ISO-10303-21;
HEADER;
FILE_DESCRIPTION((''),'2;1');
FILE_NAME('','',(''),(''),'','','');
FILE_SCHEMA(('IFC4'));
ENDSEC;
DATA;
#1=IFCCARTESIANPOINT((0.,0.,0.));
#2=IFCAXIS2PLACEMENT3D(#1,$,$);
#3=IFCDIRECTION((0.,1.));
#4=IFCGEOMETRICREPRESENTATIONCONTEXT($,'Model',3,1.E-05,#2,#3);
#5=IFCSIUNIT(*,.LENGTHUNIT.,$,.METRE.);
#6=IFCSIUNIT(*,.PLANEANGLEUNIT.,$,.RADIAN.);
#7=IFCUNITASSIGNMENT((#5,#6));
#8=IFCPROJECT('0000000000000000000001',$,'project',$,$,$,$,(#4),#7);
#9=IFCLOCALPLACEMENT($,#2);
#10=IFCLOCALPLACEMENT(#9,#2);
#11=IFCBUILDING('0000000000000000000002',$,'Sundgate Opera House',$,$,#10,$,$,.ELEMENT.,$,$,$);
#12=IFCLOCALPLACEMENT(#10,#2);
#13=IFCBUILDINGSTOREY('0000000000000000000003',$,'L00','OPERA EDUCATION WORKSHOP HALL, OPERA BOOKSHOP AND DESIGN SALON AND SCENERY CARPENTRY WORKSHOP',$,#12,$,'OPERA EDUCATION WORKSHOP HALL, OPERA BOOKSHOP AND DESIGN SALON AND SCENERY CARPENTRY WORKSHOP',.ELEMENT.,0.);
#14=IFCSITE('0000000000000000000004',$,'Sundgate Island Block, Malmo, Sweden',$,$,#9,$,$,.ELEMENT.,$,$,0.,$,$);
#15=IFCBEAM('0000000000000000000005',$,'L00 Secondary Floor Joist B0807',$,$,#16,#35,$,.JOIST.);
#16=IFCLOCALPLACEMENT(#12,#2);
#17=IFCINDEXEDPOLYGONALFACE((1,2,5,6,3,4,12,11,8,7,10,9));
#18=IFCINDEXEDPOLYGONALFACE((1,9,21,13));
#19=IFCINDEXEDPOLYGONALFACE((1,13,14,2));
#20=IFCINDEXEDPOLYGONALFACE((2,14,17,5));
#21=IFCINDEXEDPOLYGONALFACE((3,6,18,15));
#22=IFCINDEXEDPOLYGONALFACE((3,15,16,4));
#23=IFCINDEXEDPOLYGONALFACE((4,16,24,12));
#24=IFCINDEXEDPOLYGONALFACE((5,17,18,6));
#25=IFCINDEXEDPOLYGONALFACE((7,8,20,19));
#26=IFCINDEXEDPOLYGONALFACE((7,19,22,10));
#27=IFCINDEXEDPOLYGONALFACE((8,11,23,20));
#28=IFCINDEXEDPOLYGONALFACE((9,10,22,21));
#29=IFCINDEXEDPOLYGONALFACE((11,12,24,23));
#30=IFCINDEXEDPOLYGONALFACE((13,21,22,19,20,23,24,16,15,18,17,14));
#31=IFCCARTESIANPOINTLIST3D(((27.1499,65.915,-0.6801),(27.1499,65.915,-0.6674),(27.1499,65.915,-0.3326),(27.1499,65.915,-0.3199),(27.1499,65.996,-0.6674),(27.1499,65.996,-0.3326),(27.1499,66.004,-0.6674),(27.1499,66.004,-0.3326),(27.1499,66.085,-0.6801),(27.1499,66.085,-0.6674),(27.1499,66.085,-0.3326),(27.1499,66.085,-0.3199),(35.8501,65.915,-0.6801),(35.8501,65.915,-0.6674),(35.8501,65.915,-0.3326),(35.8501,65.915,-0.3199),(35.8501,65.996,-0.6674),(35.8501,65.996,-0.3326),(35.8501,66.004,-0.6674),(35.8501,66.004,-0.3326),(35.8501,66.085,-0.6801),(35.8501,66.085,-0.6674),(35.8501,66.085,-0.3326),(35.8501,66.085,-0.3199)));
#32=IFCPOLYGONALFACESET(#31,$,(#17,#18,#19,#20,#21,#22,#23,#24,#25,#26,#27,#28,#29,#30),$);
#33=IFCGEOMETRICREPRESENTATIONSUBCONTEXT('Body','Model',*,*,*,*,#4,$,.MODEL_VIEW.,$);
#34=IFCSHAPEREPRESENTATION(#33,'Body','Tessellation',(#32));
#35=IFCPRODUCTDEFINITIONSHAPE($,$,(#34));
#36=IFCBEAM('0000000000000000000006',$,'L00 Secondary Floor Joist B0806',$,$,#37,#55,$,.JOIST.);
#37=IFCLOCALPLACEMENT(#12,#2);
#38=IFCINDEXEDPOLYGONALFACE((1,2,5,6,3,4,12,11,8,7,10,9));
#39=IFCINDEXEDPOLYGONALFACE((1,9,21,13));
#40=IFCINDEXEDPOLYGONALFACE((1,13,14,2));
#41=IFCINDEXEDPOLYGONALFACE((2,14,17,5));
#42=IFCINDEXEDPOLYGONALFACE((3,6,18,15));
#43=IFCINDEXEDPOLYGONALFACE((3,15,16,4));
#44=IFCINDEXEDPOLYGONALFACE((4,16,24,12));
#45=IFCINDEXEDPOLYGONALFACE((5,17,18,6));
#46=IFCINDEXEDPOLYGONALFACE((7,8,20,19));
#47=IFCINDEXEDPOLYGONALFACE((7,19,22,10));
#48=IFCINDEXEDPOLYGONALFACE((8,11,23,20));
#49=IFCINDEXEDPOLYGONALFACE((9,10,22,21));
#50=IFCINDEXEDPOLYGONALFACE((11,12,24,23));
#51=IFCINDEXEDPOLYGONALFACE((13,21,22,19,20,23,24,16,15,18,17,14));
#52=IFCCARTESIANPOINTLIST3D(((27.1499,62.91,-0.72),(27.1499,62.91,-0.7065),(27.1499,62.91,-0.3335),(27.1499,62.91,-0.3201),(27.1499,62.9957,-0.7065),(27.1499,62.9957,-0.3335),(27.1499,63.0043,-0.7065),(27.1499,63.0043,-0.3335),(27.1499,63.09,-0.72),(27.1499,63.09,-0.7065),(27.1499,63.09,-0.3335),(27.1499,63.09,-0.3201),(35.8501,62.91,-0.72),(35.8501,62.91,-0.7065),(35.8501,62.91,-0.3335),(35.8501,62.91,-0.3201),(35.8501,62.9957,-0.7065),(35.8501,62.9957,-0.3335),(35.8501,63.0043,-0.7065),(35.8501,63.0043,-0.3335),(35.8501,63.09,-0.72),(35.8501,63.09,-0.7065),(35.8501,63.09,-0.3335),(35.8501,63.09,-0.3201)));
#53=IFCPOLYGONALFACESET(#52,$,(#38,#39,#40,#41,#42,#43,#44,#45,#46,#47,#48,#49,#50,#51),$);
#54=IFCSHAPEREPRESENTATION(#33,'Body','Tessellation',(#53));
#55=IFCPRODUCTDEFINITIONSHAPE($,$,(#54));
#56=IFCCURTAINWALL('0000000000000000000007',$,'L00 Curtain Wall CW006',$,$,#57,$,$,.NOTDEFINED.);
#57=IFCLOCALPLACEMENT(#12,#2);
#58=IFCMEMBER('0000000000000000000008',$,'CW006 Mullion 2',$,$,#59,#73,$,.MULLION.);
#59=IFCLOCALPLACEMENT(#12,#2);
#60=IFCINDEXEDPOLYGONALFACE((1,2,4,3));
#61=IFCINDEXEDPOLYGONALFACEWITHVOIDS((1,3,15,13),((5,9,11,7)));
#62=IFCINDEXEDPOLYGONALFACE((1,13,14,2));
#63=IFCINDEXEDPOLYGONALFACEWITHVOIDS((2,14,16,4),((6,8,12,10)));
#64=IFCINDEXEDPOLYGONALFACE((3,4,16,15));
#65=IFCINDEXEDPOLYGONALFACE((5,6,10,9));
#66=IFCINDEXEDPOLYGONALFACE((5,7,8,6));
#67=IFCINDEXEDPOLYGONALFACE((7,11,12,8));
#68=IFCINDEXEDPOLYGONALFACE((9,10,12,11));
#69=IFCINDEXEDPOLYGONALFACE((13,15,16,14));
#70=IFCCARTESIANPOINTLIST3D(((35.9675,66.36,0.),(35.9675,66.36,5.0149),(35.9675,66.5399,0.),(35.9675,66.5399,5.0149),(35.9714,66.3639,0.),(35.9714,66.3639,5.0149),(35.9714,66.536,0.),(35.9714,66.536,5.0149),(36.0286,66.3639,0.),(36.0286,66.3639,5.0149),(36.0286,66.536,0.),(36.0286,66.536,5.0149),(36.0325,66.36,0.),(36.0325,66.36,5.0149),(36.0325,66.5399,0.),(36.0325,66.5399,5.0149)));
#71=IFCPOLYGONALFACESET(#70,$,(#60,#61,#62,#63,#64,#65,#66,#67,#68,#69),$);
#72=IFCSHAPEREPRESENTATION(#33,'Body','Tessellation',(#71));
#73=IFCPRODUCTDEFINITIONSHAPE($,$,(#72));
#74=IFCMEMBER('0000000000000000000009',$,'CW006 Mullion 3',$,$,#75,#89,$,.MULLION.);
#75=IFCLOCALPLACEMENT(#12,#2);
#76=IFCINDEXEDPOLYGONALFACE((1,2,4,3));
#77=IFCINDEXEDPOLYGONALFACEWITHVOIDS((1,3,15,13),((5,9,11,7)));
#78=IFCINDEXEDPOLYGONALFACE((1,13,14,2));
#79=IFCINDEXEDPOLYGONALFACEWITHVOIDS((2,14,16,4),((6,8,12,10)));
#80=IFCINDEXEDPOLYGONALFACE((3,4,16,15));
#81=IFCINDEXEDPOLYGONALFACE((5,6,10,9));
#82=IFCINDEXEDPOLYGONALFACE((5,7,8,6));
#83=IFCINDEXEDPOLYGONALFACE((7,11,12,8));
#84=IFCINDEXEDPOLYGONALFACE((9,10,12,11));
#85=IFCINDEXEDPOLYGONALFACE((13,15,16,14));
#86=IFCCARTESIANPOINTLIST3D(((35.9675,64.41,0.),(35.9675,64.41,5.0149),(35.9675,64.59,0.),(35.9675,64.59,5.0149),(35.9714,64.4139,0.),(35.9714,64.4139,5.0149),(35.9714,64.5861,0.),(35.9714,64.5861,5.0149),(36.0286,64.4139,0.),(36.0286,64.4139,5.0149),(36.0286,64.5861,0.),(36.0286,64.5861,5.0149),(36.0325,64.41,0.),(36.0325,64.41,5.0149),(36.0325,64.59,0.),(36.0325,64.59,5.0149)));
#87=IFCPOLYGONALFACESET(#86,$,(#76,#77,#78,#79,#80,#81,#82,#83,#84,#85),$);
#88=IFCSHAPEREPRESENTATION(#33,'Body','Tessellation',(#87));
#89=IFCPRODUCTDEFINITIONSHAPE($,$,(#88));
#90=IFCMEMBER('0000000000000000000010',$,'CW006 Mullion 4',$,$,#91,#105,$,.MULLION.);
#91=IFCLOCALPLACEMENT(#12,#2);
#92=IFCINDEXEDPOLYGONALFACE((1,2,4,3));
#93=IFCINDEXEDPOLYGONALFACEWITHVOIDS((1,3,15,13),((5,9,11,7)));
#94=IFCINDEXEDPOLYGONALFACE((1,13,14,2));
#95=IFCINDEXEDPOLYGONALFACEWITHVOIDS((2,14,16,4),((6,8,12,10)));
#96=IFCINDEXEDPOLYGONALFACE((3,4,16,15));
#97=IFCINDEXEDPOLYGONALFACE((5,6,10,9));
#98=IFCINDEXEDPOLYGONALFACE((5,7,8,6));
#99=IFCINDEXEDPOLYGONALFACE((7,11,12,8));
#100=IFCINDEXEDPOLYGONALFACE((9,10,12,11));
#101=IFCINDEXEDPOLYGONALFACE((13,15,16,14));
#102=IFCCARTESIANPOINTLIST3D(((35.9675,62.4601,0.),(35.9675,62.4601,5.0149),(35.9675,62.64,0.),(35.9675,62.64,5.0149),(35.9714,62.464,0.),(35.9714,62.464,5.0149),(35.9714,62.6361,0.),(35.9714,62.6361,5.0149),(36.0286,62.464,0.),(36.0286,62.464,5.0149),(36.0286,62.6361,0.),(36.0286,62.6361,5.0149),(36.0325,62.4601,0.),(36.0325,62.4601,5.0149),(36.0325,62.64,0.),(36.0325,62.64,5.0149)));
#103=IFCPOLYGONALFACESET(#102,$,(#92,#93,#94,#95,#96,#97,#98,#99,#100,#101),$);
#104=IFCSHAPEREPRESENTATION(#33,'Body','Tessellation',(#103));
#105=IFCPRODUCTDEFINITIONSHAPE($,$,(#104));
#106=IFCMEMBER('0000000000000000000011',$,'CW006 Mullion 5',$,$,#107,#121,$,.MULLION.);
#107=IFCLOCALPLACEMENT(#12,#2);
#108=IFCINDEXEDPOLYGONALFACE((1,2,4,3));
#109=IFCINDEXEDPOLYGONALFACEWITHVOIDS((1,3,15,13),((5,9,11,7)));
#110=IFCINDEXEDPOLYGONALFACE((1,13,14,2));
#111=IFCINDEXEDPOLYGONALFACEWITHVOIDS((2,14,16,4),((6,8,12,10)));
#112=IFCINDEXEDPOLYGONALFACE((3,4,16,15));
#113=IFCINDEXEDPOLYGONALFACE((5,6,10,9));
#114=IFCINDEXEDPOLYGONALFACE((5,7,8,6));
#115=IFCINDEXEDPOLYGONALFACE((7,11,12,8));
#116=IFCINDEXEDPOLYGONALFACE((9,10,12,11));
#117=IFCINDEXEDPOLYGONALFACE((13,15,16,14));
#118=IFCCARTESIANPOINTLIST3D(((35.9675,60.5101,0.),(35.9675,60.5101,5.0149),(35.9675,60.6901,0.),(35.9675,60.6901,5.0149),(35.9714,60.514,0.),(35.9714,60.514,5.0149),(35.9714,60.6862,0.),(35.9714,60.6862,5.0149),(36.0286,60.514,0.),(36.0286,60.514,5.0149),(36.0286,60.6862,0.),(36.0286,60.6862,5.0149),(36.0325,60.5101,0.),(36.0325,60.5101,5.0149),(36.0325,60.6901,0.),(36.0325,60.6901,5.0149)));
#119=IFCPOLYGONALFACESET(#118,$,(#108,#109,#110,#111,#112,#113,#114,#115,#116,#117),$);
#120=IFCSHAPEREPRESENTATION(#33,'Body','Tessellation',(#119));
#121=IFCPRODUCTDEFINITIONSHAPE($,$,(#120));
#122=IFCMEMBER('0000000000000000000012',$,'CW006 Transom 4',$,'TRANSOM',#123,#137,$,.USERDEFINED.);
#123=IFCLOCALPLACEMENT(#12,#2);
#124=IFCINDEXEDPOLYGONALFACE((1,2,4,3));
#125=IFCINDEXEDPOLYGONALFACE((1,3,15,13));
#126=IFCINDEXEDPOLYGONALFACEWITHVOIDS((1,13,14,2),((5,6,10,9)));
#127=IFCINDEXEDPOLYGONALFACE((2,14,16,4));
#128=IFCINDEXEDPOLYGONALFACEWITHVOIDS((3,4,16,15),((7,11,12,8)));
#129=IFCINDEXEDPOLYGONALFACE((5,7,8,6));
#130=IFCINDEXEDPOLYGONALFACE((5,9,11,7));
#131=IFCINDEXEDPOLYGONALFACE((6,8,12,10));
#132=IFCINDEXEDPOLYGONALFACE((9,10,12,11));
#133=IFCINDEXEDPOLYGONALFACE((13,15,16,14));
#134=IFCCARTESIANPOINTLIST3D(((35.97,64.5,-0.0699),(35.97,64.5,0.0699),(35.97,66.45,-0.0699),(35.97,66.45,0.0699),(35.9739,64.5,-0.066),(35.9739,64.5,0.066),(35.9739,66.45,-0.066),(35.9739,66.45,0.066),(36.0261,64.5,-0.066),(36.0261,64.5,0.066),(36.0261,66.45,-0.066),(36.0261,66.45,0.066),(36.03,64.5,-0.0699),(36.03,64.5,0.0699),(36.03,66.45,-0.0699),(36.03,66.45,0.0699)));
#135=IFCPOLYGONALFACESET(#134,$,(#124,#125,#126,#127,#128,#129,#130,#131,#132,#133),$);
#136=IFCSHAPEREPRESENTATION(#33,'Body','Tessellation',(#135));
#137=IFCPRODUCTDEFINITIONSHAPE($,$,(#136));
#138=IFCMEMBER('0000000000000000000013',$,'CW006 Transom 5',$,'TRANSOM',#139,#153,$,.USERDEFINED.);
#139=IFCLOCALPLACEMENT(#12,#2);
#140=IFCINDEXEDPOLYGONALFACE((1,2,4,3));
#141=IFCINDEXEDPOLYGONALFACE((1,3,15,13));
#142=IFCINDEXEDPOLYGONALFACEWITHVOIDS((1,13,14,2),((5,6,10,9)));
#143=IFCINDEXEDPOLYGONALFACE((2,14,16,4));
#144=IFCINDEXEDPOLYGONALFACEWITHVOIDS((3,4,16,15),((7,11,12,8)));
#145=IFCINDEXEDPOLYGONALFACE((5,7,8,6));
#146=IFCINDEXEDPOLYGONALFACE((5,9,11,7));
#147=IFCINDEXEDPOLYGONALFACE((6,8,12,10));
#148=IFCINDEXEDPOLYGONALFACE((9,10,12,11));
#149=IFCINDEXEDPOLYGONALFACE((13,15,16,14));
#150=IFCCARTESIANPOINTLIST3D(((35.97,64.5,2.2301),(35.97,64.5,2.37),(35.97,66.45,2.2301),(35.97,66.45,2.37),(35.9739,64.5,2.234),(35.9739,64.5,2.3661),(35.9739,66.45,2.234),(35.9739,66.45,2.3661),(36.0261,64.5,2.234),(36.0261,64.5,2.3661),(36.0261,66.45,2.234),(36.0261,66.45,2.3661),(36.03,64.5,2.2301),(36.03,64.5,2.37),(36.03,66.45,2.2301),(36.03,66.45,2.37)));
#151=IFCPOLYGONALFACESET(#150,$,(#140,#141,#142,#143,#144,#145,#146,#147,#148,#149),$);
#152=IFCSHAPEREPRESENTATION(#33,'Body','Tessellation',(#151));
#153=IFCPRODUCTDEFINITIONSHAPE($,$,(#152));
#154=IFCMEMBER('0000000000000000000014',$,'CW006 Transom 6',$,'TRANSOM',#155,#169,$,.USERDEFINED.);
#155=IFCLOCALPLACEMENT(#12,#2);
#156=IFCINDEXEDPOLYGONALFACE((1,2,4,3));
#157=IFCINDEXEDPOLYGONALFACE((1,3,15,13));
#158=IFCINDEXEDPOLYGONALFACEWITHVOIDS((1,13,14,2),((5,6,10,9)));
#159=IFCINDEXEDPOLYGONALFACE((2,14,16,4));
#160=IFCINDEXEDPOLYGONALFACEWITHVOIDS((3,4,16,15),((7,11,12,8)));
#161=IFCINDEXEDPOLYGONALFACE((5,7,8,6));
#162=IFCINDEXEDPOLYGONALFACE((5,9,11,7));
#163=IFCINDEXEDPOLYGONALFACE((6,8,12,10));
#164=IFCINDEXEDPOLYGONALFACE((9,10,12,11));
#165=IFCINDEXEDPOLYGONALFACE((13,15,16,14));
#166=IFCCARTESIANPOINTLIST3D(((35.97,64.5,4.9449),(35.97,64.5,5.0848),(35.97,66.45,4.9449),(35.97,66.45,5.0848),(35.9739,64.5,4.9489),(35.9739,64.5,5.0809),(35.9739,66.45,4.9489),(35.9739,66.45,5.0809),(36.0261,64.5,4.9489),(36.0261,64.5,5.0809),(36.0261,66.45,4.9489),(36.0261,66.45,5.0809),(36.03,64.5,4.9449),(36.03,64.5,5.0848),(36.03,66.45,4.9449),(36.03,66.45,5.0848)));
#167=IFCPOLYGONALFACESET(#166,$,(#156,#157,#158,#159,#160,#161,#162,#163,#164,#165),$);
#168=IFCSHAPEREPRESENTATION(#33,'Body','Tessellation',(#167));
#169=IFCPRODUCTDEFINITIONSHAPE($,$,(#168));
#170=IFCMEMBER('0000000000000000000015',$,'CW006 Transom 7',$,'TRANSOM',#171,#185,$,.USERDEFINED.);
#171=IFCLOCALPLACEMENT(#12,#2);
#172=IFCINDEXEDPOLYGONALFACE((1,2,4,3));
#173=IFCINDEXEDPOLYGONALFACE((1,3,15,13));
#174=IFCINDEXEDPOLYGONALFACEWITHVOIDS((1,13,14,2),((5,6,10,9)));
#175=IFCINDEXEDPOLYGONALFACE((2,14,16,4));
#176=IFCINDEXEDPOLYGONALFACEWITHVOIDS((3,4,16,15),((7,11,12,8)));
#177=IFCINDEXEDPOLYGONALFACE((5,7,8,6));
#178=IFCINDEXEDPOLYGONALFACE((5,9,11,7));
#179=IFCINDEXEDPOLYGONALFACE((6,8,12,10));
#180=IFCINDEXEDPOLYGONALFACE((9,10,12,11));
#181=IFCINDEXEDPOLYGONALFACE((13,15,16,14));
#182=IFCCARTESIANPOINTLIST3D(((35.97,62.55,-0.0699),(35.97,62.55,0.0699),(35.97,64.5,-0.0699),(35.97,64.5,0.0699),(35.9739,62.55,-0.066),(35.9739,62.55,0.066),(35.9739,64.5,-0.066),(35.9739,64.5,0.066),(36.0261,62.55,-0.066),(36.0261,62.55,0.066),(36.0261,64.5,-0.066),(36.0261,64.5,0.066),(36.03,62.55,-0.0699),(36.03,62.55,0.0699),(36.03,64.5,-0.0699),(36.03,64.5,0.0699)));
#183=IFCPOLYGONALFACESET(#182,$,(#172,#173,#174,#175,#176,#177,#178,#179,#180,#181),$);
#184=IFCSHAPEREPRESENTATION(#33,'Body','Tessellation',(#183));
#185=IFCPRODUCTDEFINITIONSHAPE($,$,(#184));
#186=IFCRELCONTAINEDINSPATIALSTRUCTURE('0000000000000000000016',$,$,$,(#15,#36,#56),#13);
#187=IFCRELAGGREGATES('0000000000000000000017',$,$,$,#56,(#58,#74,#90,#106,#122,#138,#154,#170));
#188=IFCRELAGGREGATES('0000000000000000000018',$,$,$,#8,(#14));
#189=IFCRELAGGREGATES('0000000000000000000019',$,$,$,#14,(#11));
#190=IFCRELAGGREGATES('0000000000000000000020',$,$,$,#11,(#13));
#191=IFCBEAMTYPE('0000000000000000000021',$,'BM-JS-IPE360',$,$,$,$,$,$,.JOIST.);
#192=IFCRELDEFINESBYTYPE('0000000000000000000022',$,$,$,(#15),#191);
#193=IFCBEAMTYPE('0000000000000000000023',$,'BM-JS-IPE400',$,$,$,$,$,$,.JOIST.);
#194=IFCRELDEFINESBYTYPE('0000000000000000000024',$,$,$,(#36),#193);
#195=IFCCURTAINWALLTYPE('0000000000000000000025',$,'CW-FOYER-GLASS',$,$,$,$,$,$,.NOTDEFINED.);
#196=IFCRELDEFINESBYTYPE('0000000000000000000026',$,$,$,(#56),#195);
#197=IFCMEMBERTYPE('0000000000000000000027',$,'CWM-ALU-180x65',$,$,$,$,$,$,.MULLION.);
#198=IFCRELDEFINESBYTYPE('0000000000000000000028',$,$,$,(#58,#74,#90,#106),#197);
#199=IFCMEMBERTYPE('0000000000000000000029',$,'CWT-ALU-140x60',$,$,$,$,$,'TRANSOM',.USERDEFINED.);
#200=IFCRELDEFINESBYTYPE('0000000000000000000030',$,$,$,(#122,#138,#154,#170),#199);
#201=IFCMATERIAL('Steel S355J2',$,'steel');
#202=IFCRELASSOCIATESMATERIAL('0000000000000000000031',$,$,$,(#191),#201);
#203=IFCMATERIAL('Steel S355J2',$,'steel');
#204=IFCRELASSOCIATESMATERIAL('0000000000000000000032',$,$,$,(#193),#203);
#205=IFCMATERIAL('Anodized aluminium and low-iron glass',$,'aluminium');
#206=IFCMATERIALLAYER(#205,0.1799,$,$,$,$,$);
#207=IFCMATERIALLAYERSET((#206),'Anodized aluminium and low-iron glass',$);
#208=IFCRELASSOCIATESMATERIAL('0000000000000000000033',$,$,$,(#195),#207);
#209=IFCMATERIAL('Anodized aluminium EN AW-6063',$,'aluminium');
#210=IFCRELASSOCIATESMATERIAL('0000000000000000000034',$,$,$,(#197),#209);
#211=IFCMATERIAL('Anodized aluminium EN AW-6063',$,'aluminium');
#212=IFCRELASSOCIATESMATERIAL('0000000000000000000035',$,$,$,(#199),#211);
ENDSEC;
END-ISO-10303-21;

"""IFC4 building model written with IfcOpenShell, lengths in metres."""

from ifc_helpers import new_model, si_unit, direction, frame, origin, origin_2d, place, context, subcontext, project, spatial, hollow_rectangle, i_section, extrude, material, layer, layer_set, material_profile, profile_set, type_object, element, aggregate, save


model = new_model("IFC4")

# Units and contexts
model_context = context("Model", 3, precision=1e-05, world=origin(), true_north=direction((0.0, 1.0)))
body_context = subcontext(model_context, "Body", "Model", "MODEL_VIEW")
ifc_project = project(units=[si_unit("LENGTHUNIT", "METRE"), si_unit("PLANEANGLEUNIT", "RADIAN")], contexts=[model_context])

# Site, building, storey
site_placement = place(None, origin())
site = spatial("IfcSite", under=ifc_project, at=site_placement, Name="Sundgate Island Block, Malmo, Sweden", CompositionType="ELEMENT", RefElevation=0.0)
building_placement = place(site_placement, origin())
building = spatial("IfcBuilding", under=site, at=building_placement, Name="Sundgate Opera House", CompositionType="ELEMENT")
storey_placement = place(building_placement, origin())
storey = spatial("IfcBuildingStorey", under=building, at=storey_placement, Name="L00", Description="OPERA EDUCATION WORKSHOP HALL, OPERA BOOKSHOP AND DESIGN SALON AND SCENERY CARPENTRY WORKSHOP", LongName="OPERA EDUCATION WORKSHOP HALL, OPERA BOOKSHOP AND DESIGN SALON AND SCENERY CARPENTRY WORKSHOP", CompositionType="ELEMENT", Elevation=0.0)

# Beams
ifc_material_1 = material(Name="Steel S355J2", Category="steel")
ifc_material_profile_1 = material_profile(ifc_material_1, i_section(OverallWidth=0.1699, OverallDepth=0.3601, WebThickness=0.0081, FlangeThickness=0.0127, at=origin_2d()), Name="IPE 360")
ifc_profile_set_1 = profile_set([ifc_material_profile_1], Name="Steel S355J2")
beam_type_1 = type_object("IfcBeamType", Name="BM-JS-IPE360", PredefinedType="JOIST", material=ifc_profile_set_1)
beam_1_placement = place(storey_placement, frame((27.1499, 66.0, -0.5), z_axis=(1.0, 0.0, 0.0), x_axis=(0.0, 1.0, 0.0)))
element("IfcBeam", 1, at=beam_1_placement, inside=storey, type_object=beam_type_1, Name="L00 Secondary Floor Joist B0807", PredefinedType="JOIST", context=body_context, shape_type="SweptSolid", body=[
    extrude(i_section(OverallWidth=0.1699, OverallDepth=0.3601, WebThickness=0.0081, FlangeThickness=0.0127, at=origin_2d()), origin(), (0.0, 0.0, 1.0), 8.7002),
])
ifc_material_2 = material(Name="Steel S355J2", Category="steel")
ifc_material_profile_2 = material_profile(ifc_material_2, i_section(OverallWidth=0.1799, OverallDepth=0.3999, WebThickness=0.0085, FlangeThickness=0.0134, at=origin_2d()), Name="IPE 400")
ifc_profile_set_2 = profile_set([ifc_material_profile_2], Name="Steel S355J2")
beam_type_2 = type_object("IfcBeamType", Name="BM-JS-IPE400", PredefinedType="JOIST", material=ifc_profile_set_2)
beam_2_placement = place(storey_placement, frame((27.1499, 63.0, -0.52), z_axis=(1.0, 0.0, 0.0), x_axis=(0.0, 1.0, 0.0)))
element("IfcBeam", 2, at=beam_2_placement, inside=storey, type_object=beam_type_2, Name="L00 Secondary Floor Joist B0806", PredefinedType="JOIST", context=body_context, shape_type="SweptSolid", body=[
    extrude(i_section(OverallWidth=0.1799, OverallDepth=0.3999, WebThickness=0.0085, FlangeThickness=0.0134, at=origin_2d()), origin(), (0.0, 0.0, 1.0), 8.7002),
])

# Curtain wall, members
ifc_material_3 = material(Name="Anodized aluminium and low-iron glass", Category="aluminium")
ifc_layer_1 = layer(ifc_material_3, 0.1799)
ifc_layer_set_1 = layer_set([ifc_layer_1], Name="Anodized aluminium and low-iron glass")
curtain_wall_type = type_object("IfcCurtainWallType", Name="CW-FOYER-GLASS", PredefinedType="NOTDEFINED", material=ifc_layer_set_1)
curtain_wall_placement = place(storey_placement, origin())
curtain_wall = element("IfcCurtainWall", 3, at=curtain_wall_placement, inside=storey, type_object=curtain_wall_type, Name="L00 Curtain Wall CW006", PredefinedType="NOTDEFINED")
ifc_material_4 = material(Name="Anodized aluminium EN AW-6063", Category="aluminium")
ifc_material_profile_3 = material_profile(ifc_material_4, hollow_rectangle(XDim=0.0649, YDim=0.1799, WallThickness=0.0039, at=origin_2d()), Name="CWM 180x65x4")
ifc_profile_set_3 = profile_set([ifc_material_profile_3], Name="Anodized aluminium EN AW-6063")
member_type_1 = type_object("IfcMemberType", Name="CWM-ALU-180x65", PredefinedType="MULLION", material=ifc_profile_set_3)
member_1_placement = place(storey_placement, frame((36.0, 66.45, 0.0), z_axis=(0.0, 0.0, 1.0), x_axis=(1.0, 0.0, 0.0)))
member_1 = element("IfcMember", 4, at=member_1_placement, type_object=member_type_1, Name="CW006 Mullion 2", PredefinedType="MULLION", context=body_context, shape_type="SweptSolid", body=[
    extrude(hollow_rectangle(XDim=0.0649, YDim=0.1799, WallThickness=0.0039, at=origin_2d()), origin(), (0.0, 0.0, 1.0), 5.0149),
])
member_2_placement = place(storey_placement, frame((36.0, 64.5, 0.0), z_axis=(0.0, 0.0, 1.0), x_axis=(1.0, 0.0, 0.0)))
member_2 = element("IfcMember", 5, at=member_2_placement, type_object=member_type_1, Name="CW006 Mullion 3", PredefinedType="MULLION", context=body_context, shape_type="SweptSolid", body=[
    extrude(hollow_rectangle(XDim=0.0649, YDim=0.1799, WallThickness=0.0039, at=origin_2d()), origin(), (0.0, 0.0, 1.0), 5.0149),
])
member_3_placement = place(storey_placement, frame((36.0, 62.55, 0.0), z_axis=(0.0, 0.0, 1.0), x_axis=(1.0, 0.0, 0.0)))
member_3 = element("IfcMember", 6, at=member_3_placement, type_object=member_type_1, Name="CW006 Mullion 4", PredefinedType="MULLION", context=body_context, shape_type="SweptSolid", body=[
    extrude(hollow_rectangle(XDim=0.0649, YDim=0.1799, WallThickness=0.0039, at=origin_2d()), origin(), (0.0, 0.0, 1.0), 5.0149),
])
member_4_placement = place(storey_placement, frame((36.0, 60.6001, 0.0), z_axis=(0.0, 0.0, 1.0), x_axis=(1.0, 0.0, 0.0)))
member_4 = element("IfcMember", 7, at=member_4_placement, type_object=member_type_1, Name="CW006 Mullion 5", PredefinedType="MULLION", context=body_context, shape_type="SweptSolid", body=[
    extrude(hollow_rectangle(XDim=0.0649, YDim=0.1799, WallThickness=0.0039, at=origin_2d()), origin(), (0.0, 0.0, 1.0), 5.0149),
])
ifc_material_5 = material(Name="Anodized aluminium EN AW-6063", Category="aluminium")
ifc_material_profile_4 = material_profile(ifc_material_5, hollow_rectangle(XDim=0.0601, YDim=0.1399, WallThickness=0.0039, at=origin_2d()), Name="CWT 140x60x4")
ifc_profile_set_4 = profile_set([ifc_material_profile_4], Name="Anodized aluminium EN AW-6063")
member_type_2 = type_object("IfcMemberType", Name="CWT-ALU-140x60", ElementType="TRANSOM", PredefinedType="USERDEFINED", material=ifc_profile_set_4)
member_5_placement = place(storey_placement, frame((36.0, 66.45, 0.0), z_axis=(0.0, -1.0, 0.0), x_axis=(1.0, 0.0, 0.0)))
member_5 = element("IfcMember", 8, at=member_5_placement, type_object=member_type_2, Name="CW006 Transom 4", ObjectType="TRANSOM", PredefinedType="USERDEFINED", context=body_context, shape_type="SweptSolid", body=[
    extrude(hollow_rectangle(XDim=0.0601, YDim=0.1399, WallThickness=0.0039, at=origin_2d()), origin(), (0.0, 0.0, 1.0), 1.95),
])
member_6_placement = place(storey_placement, frame((36.0, 66.45, 2.3), z_axis=(0.0, -1.0, 0.0), x_axis=(1.0, 0.0, 0.0)))
member_6 = element("IfcMember", 9, at=member_6_placement, type_object=member_type_2, Name="CW006 Transom 5", ObjectType="TRANSOM", PredefinedType="USERDEFINED", context=body_context, shape_type="SweptSolid", body=[
    extrude(hollow_rectangle(XDim=0.0601, YDim=0.1399, WallThickness=0.0039, at=origin_2d()), origin(), (0.0, 0.0, 1.0), 1.95),
])
member_7_placement = place(storey_placement, frame((36.0, 66.45, 5.0149), z_axis=(0.0, -1.0, 0.0), x_axis=(1.0, 0.0, 0.0)))
member_7 = element("IfcMember", 10, at=member_7_placement, type_object=member_type_2, Name="CW006 Transom 6", ObjectType="TRANSOM", PredefinedType="USERDEFINED", context=body_context, shape_type="SweptSolid", body=[
    extrude(hollow_rectangle(XDim=0.0601, YDim=0.1399, WallThickness=0.0039, at=origin_2d()), origin(), (0.0, 0.0, 1.0), 1.95),
])
member_8_placement = place(storey_placement, frame((36.0, 64.5, 0.0), z_axis=(0.0, -1.0, 0.0), x_axis=(1.0, 0.0, 0.0)))
member_8 = element("IfcMember", 11, at=member_8_placement, type_object=member_type_2, Name="CW006 Transom 7", ObjectType="TRANSOM", PredefinedType="USERDEFINED", context=body_context, shape_type="SweptSolid", body=[
    extrude(hollow_rectangle(XDim=0.0601, YDim=0.1399, WallThickness=0.0039, at=origin_2d()), origin(), (0.0, 0.0, 1.0), 1.95),
])
aggregate(curtain_wall, [member_1, member_2, member_3, member_4, member_5, member_6, member_7, member_8])

save(model, "model.ifc")
